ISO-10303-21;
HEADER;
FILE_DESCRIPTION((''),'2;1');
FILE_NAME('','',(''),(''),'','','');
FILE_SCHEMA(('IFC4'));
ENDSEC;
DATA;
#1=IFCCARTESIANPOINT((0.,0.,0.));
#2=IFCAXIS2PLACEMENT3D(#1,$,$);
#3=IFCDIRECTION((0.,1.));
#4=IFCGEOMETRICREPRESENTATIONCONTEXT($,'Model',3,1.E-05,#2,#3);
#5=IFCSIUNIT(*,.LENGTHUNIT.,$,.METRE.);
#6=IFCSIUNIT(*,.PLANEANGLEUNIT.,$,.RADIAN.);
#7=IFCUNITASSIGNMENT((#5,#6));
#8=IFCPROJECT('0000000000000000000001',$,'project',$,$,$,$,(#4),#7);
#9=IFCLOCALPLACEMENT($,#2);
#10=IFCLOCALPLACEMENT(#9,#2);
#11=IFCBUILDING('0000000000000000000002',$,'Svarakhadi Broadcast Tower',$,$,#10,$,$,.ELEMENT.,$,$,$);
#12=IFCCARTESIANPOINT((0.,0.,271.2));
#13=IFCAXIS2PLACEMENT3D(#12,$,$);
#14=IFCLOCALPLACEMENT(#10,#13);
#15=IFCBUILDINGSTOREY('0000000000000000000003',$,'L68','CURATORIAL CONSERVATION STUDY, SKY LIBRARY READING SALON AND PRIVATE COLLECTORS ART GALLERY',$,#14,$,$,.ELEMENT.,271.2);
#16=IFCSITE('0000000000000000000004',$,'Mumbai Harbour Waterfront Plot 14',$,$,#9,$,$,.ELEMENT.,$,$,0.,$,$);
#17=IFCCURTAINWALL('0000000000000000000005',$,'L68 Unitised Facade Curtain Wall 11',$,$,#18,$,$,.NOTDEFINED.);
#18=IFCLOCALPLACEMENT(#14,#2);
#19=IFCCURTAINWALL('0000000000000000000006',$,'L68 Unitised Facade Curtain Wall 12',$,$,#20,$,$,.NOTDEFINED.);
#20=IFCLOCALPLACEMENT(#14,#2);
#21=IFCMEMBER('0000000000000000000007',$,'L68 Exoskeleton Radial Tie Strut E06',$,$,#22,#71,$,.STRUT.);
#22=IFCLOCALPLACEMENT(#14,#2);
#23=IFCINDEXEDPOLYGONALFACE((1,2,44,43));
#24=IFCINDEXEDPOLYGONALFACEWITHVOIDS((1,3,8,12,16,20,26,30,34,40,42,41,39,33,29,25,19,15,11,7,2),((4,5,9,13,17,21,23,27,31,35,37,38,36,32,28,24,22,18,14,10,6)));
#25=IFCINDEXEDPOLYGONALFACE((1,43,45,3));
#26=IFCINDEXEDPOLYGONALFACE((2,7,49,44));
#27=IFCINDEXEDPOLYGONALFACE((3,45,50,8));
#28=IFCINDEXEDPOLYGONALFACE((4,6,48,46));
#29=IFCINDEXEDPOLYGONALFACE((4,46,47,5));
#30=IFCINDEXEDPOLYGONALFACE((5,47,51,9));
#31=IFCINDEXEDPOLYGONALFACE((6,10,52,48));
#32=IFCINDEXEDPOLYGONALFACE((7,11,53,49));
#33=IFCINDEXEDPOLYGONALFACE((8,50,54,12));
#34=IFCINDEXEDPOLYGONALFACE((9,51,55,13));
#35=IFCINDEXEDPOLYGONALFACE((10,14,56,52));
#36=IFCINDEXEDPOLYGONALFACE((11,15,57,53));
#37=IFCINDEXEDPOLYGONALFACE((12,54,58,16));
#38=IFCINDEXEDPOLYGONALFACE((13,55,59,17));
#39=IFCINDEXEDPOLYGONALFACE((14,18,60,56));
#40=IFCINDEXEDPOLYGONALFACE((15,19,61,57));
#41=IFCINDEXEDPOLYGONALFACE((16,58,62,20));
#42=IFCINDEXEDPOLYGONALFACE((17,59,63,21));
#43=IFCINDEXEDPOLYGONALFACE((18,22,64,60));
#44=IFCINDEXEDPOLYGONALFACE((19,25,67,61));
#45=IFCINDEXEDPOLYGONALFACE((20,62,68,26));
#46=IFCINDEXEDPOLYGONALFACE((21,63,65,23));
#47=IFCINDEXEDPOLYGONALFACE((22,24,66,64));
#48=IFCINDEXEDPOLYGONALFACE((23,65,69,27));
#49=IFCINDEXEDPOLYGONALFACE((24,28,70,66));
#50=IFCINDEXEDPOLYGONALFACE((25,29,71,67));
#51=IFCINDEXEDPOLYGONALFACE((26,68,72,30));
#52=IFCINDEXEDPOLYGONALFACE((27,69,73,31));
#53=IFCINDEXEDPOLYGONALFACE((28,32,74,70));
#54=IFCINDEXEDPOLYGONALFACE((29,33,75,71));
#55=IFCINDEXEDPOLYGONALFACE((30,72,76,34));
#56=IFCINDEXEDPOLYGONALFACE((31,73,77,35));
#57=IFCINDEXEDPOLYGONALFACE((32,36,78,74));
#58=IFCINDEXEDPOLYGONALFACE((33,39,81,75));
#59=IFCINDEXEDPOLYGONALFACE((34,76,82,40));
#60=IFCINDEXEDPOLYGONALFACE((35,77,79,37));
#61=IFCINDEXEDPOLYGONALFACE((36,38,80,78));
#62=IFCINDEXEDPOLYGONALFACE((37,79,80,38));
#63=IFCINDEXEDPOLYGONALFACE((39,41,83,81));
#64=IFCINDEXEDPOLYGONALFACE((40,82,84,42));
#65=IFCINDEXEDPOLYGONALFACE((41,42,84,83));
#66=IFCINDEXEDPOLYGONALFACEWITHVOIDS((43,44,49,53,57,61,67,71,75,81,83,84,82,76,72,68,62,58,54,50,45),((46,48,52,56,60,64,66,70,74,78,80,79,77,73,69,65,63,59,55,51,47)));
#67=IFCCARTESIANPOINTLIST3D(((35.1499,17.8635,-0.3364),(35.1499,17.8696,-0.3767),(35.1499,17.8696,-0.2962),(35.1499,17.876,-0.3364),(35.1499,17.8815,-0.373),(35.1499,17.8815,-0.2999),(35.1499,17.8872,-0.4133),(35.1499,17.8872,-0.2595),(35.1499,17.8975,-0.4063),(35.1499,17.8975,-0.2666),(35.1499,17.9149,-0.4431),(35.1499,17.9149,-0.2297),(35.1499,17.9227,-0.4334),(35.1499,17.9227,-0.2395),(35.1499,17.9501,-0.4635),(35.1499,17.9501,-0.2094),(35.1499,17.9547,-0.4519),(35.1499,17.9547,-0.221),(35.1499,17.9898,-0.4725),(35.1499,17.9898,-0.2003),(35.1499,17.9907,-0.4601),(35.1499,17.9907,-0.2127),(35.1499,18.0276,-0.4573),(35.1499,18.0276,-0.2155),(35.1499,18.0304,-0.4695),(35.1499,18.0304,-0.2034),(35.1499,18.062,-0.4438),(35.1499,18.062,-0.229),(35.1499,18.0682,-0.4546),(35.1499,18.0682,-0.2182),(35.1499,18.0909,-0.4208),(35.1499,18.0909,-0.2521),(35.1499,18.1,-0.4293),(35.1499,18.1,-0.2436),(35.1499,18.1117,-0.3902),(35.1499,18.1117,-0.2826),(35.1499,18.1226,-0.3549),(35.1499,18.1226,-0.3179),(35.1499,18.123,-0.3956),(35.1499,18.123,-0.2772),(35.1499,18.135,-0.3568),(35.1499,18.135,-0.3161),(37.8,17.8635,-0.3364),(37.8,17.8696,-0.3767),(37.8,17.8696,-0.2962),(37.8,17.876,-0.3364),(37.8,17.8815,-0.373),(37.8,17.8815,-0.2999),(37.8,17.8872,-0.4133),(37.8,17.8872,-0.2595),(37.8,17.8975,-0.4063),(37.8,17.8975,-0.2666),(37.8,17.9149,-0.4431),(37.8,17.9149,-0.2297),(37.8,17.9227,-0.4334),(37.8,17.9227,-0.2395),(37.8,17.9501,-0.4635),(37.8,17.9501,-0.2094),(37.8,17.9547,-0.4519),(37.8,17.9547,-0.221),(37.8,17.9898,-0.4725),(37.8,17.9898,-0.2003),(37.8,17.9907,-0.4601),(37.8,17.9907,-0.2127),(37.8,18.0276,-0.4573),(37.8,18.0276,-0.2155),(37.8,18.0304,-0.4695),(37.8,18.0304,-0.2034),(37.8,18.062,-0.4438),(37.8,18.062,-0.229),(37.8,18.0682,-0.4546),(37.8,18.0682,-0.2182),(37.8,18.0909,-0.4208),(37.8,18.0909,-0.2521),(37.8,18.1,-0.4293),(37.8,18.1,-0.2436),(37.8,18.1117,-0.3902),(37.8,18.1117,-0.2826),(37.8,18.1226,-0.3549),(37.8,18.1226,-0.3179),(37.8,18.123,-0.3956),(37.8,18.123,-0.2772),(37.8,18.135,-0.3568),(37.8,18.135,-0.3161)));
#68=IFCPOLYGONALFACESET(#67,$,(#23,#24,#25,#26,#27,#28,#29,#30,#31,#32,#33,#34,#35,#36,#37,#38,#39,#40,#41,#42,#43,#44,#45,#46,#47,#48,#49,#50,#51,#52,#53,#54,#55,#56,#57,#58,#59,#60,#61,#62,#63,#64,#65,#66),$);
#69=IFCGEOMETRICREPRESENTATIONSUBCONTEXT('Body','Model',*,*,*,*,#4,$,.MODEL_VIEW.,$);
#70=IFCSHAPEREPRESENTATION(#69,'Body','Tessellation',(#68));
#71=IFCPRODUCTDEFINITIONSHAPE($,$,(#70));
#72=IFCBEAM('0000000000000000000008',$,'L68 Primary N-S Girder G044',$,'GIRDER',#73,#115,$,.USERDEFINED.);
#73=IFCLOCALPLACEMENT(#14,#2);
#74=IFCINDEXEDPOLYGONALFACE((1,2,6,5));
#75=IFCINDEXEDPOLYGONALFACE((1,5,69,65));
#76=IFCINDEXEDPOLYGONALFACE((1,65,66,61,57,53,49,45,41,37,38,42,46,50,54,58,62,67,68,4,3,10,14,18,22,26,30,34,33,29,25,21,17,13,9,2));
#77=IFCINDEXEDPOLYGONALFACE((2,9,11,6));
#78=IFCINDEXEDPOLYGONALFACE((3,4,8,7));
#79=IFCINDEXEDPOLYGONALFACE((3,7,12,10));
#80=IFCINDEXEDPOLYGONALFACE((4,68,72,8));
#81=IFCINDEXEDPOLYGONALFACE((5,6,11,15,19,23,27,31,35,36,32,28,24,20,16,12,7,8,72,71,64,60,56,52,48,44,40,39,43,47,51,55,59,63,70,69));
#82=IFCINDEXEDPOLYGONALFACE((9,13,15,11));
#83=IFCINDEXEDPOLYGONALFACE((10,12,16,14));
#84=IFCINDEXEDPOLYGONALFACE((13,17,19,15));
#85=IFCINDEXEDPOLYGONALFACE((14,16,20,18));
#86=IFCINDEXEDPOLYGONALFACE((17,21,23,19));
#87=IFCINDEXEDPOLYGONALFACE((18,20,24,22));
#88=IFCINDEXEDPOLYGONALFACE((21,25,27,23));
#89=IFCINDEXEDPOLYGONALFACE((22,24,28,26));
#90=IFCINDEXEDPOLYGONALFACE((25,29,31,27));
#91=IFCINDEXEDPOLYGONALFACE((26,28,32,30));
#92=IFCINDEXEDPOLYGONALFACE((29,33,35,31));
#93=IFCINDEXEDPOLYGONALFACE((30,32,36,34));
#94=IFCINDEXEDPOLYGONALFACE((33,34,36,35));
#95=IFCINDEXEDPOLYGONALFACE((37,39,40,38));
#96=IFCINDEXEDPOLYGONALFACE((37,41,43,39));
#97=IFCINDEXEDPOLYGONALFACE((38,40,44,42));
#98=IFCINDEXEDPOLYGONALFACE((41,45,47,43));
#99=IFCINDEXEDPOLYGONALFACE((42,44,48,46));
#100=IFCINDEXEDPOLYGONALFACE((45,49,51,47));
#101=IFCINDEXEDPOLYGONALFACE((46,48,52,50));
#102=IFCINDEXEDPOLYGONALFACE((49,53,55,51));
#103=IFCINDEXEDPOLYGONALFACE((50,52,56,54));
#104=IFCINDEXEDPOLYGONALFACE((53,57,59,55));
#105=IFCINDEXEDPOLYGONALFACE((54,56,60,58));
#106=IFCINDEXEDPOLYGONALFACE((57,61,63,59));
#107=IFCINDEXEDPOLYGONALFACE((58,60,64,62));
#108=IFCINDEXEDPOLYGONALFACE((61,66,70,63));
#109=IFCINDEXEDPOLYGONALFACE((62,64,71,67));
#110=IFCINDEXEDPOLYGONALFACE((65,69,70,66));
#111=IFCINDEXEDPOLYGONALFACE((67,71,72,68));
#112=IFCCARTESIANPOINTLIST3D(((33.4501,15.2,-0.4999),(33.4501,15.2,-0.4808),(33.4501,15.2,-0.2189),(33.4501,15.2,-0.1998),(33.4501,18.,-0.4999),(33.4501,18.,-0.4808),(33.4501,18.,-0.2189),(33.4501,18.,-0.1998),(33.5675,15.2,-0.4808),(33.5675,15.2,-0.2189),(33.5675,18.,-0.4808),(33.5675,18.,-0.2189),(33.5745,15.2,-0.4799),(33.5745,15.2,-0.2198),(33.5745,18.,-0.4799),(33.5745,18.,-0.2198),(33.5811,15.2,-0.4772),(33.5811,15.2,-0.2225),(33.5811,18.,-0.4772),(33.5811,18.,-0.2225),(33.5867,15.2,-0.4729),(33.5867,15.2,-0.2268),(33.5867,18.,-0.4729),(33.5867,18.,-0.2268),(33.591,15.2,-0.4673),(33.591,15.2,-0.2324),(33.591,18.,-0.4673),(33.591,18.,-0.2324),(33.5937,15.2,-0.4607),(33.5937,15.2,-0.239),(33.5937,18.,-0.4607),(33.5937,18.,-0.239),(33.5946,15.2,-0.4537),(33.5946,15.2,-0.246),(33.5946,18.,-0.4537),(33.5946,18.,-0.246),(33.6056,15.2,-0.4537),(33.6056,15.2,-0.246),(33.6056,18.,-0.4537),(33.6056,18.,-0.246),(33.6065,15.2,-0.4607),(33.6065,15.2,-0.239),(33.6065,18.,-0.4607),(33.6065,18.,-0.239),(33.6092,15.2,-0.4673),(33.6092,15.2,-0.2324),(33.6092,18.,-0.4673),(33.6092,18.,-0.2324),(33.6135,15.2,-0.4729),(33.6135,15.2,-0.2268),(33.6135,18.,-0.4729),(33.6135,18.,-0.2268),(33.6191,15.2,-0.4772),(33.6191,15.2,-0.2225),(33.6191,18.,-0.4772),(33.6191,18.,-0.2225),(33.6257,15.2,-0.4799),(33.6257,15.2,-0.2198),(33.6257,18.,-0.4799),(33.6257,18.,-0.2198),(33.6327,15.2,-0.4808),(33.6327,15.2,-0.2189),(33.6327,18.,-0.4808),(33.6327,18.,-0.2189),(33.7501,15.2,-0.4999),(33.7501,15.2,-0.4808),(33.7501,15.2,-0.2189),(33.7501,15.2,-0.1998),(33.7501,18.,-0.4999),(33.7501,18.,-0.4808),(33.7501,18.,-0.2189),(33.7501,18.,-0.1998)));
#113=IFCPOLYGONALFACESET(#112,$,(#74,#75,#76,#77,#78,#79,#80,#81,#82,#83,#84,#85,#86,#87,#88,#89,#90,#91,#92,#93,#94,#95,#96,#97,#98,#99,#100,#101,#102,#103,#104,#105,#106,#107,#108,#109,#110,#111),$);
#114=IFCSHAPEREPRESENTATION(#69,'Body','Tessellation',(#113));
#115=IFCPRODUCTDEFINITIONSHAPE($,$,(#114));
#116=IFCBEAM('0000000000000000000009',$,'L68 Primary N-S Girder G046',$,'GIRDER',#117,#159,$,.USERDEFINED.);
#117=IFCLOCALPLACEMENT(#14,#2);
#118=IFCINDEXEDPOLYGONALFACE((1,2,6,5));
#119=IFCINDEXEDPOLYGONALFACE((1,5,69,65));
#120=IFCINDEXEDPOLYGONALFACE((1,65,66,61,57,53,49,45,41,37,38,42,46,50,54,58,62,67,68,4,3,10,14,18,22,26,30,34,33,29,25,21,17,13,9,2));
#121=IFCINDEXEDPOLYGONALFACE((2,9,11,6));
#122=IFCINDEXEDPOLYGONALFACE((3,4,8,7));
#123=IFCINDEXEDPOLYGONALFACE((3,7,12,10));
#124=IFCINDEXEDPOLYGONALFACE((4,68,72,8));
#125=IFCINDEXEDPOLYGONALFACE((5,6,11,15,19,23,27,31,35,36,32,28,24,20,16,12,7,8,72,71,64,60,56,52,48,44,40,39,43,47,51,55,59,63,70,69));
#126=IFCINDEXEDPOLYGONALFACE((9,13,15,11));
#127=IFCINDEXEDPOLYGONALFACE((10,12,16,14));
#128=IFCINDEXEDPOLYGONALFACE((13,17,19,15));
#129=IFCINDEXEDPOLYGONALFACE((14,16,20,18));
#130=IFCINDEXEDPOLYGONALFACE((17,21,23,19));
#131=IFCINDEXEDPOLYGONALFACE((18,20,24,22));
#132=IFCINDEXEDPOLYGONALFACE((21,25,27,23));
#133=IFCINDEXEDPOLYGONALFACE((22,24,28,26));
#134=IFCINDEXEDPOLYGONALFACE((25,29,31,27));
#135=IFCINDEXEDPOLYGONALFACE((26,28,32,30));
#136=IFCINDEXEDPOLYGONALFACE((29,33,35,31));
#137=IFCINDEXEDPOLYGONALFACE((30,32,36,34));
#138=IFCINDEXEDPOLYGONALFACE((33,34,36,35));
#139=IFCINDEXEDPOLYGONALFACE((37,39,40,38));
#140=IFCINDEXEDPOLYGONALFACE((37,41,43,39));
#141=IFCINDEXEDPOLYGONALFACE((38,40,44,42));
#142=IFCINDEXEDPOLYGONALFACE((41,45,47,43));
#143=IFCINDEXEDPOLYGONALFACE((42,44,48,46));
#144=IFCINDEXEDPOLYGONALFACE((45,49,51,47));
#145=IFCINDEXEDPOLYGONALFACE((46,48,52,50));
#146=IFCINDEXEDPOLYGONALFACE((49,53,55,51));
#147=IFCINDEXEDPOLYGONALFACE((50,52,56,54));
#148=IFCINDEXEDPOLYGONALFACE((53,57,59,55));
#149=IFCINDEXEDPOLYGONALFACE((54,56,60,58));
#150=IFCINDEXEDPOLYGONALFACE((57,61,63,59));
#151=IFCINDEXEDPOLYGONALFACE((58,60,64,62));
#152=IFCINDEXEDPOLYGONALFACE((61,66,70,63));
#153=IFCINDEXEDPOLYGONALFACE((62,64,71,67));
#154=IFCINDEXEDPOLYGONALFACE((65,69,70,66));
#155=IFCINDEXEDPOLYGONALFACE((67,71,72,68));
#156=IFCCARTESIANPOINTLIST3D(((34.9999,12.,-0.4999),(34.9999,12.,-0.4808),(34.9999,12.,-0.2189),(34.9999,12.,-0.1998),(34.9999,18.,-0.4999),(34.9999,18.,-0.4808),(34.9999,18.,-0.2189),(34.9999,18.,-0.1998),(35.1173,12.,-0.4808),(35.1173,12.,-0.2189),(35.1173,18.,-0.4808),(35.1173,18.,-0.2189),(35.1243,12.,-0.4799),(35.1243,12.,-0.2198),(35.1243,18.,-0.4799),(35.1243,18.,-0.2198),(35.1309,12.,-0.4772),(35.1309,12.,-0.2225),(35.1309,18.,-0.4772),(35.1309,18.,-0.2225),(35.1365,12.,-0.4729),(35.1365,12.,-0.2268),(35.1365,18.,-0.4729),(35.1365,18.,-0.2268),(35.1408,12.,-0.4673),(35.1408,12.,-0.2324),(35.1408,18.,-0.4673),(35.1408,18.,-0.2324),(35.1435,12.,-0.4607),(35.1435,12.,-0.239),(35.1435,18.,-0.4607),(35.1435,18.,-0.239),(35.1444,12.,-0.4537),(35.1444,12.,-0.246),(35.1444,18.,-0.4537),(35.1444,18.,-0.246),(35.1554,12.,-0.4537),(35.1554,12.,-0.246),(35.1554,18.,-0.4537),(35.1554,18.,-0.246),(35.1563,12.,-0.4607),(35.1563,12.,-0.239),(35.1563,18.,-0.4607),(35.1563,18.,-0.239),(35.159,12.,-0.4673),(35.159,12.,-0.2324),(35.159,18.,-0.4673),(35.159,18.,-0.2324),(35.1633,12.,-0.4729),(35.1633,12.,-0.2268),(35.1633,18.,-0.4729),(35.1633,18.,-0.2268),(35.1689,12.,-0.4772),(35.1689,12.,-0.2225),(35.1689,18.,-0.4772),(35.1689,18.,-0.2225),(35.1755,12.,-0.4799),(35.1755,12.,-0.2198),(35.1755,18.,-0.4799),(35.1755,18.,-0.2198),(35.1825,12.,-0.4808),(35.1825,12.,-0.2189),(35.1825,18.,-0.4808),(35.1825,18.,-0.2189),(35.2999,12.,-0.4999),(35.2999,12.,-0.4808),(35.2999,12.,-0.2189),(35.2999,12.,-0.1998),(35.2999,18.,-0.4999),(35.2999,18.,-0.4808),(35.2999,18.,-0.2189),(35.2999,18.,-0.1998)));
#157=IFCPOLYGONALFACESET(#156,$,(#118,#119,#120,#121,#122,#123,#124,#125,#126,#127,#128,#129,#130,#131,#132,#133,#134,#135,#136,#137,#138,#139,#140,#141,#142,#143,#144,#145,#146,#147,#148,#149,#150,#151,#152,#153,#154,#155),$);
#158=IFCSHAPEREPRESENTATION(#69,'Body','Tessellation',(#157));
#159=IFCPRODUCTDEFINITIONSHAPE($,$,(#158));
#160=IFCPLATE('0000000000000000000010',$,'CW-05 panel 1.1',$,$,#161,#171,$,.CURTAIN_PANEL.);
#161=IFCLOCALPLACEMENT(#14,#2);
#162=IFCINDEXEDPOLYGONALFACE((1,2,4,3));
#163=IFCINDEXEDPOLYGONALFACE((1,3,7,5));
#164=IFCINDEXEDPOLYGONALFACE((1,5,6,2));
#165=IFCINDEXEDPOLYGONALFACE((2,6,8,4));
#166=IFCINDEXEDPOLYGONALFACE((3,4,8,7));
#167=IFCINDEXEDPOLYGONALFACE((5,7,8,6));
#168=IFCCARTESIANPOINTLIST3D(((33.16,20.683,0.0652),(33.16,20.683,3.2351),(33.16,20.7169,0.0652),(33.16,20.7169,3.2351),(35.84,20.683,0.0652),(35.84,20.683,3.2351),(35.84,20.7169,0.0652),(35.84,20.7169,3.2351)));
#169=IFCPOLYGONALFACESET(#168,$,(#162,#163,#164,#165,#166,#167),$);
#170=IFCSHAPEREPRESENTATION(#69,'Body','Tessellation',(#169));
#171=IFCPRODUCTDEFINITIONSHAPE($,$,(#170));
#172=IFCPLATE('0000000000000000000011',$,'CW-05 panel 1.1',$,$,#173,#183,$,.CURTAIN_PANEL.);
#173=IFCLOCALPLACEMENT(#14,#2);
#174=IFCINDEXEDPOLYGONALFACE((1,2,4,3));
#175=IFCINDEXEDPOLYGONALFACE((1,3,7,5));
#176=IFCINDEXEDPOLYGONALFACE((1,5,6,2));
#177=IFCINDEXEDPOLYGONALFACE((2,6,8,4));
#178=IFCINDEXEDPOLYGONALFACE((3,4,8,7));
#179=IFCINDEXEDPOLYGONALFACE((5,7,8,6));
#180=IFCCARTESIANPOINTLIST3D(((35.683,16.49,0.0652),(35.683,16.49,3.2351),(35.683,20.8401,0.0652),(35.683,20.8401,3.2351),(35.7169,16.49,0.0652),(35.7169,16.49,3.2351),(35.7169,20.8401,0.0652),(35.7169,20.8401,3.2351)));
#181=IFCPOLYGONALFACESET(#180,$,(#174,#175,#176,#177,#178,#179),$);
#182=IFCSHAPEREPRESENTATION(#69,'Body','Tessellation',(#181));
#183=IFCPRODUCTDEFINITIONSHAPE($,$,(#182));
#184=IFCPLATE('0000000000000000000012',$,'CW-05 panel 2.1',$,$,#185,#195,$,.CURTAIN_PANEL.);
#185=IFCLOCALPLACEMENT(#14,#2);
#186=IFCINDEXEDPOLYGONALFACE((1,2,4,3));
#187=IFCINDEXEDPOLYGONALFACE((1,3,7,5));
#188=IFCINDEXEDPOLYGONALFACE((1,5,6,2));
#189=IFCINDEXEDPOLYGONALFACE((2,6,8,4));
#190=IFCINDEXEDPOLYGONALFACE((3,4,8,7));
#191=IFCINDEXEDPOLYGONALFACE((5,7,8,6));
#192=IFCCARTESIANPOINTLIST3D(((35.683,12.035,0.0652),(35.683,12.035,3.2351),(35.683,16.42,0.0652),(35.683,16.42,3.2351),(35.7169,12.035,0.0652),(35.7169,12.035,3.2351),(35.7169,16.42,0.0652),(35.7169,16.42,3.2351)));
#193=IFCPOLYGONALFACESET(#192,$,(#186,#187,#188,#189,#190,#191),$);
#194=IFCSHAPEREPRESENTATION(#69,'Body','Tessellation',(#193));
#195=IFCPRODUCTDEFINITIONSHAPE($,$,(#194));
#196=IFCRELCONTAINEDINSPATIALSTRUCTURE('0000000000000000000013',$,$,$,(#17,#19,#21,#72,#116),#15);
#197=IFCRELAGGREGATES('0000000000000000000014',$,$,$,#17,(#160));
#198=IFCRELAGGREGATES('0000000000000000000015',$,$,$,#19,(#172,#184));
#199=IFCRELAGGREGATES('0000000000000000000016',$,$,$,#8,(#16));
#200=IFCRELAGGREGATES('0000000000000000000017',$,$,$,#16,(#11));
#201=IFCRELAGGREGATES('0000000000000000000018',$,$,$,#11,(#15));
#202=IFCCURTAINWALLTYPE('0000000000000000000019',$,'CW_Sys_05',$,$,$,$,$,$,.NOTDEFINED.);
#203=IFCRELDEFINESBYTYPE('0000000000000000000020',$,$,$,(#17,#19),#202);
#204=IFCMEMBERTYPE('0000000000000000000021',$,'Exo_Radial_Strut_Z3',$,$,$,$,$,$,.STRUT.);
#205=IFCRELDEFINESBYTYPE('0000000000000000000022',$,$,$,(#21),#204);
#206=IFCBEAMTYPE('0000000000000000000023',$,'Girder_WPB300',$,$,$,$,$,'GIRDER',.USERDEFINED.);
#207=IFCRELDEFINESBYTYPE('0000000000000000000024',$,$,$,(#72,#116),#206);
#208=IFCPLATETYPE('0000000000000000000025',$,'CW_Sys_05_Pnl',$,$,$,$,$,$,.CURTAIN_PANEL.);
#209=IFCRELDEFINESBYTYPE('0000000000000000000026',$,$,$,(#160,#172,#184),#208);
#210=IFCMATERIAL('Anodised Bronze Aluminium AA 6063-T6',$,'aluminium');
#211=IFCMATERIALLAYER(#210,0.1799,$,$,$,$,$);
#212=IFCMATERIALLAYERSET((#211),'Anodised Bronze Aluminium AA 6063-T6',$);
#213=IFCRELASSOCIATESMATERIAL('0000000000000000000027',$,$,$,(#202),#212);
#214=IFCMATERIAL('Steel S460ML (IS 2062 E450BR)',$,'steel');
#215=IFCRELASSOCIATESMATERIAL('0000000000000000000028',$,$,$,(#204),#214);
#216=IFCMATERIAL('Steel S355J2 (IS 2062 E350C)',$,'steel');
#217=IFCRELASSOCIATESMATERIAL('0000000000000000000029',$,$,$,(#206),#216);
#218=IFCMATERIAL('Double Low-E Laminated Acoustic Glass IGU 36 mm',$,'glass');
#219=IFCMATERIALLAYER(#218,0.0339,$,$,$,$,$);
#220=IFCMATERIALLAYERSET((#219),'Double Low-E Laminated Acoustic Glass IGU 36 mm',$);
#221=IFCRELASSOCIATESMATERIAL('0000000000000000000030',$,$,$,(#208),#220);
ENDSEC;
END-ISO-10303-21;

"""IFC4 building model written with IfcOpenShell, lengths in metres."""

from ifc_helpers import new_model, si_unit, direction, frame, origin, origin_2d, place, context, subcontext, project, spatial, rectangle, hollow_circle, i_section, extrude, material, layer, layer_set, material_profile, profile_set, type_object, element, aggregate, save


model = new_model("IFC4")

# Units and contexts
model_context = context("Model", 3, precision=1e-05, world=origin(), true_north=direction((0.0, 1.0)))
body_context = subcontext(model_context, "Body", "Model", "MODEL_VIEW")
ifc_project = project(units=[si_unit("LENGTHUNIT", "METRE"), si_unit("PLANEANGLEUNIT", "RADIAN")], contexts=[model_context])

# Site, building, storey
site_placement = place(None, origin())
site = spatial("IfcSite", under=ifc_project, at=site_placement, Name="Mumbai Harbour Waterfront Plot 14", CompositionType="ELEMENT", RefElevation=0.0)
building_placement = place(site_placement, origin())
building = spatial("IfcBuilding", under=site, at=building_placement, Name="Svarakhadi Broadcast Tower", CompositionType="ELEMENT")
storey_placement = place(building_placement, frame((0.0, 0.0, 271.2)))
storey = spatial("IfcBuildingStorey", under=building, at=storey_placement, Name="L68", Description="CURATORIAL CONSERVATION STUDY, SKY LIBRARY READING SALON AND PRIVATE COLLECTORS ART GALLERY", CompositionType="ELEMENT", Elevation=271.2)

# Shared definitions
ifc_material_1 = material(Name="Steel S460ML (IS 2062 E450BR)", Category="steel")

# Curtain wall
ifc_material_2 = material(Name="Anodised Bronze Aluminium AA 6063-T6", Category="aluminium")
ifc_layer_1 = layer(ifc_material_2, 0.1799)
ifc_layer_set_1 = layer_set([ifc_layer_1], Name="Anodised Bronze Aluminium AA 6063-T6")
curtain_wall_type = type_object("IfcCurtainWallType", Name="CW_Sys_05", PredefinedType="NOTDEFINED", material=ifc_layer_set_1)
curtain_wall_1_placement = place(storey_placement, origin())
curtain_wall_1 = element("IfcCurtainWall", 1, at=curtain_wall_1_placement, inside=storey, type_object=curtain_wall_type, Name="L68 Unitised Facade Curtain Wall 11", PredefinedType="NOTDEFINED")

# Curtain wall
curtain_wall_2_placement = place(storey_placement, origin())
curtain_wall_2 = element("IfcCurtainWall", 2, at=curtain_wall_2_placement, inside=storey, type_object=curtain_wall_type, Name="L68 Unitised Facade Curtain Wall 12", PredefinedType="NOTDEFINED")

# Member
ifc_material_profile_1 = material_profile(ifc_material_1, hollow_circle(Radius=0.1365, WallThickness=0.0125, at=origin_2d()), Name="CHS 273x12.5")
ifc_profile_set_1 = profile_set([ifc_material_profile_1], Name="Steel S460ML (IS 2062 E450BR)")
member_type_1 = type_object("IfcMemberType", Name="Exo_Radial_Strut_Z3", PredefinedType="STRUT", material=ifc_profile_set_1)
member_1_placement = place(storey_placement, frame((37.8, 18.0, -0.3364), z_axis=(-1.0, 0.0, 0.0), x_axis=(0.0, -1.0, 0.0)))
element("IfcMember", 3, at=member_1_placement, inside=storey, type_object=member_type_1, Name="L68 Exoskeleton Radial Tie Strut E06", PredefinedType="STRUT", context=body_context, shape_type="SweptSolid", body=[
    extrude(hollow_circle(Radius=0.1365, WallThickness=0.0125, at=origin_2d()), origin(), (0.0, 0.0, 1.0), 2.6501),
])

# Beams
ifc_material_3 = material(Name="Steel S355J2 (IS 2062 E350C)", Category="steel")
ifc_material_profile_2 = material_profile(ifc_material_3, i_section(OverallWidth=0.3, OverallDepth=0.3, WebThickness=0.011, FlangeThickness=0.019, FilletRadius=0.0271, at=origin_2d()), Name="WPB 300x300x117")
ifc_profile_set_2 = profile_set([ifc_material_profile_2], Name="Steel S355J2 (IS 2062 E350C)")
beam_type = type_object("IfcBeamType", Name="Girder_WPB300", ElementType="GIRDER", PredefinedType="USERDEFINED", material=ifc_profile_set_2)
beam_1_placement = place(storey_placement, frame((33.6001, 15.2, -0.3499), z_axis=(0.0, 1.0, 0.0), x_axis=(-1.0, 0.0, 0.0)))
element("IfcBeam", 4, at=beam_1_placement, inside=storey, type_object=beam_type, Name="L68 Primary N-S Girder G044", ObjectType="GIRDER", PredefinedType="USERDEFINED", context=body_context, shape_type="SweptSolid", body=[
    extrude(i_section(OverallWidth=0.3, OverallDepth=0.3, WebThickness=0.011, FlangeThickness=0.019, FilletRadius=0.0271, at=origin_2d()), origin(), (0.0, 0.0, 1.0), 2.8),
])
beam_2_placement = place(storey_placement, frame((35.1499, 12.0, -0.3499), z_axis=(0.0, 1.0, 0.0), x_axis=(-1.0, 0.0, 0.0)))
element("IfcBeam", 5, at=beam_2_placement, inside=storey, type_object=beam_type, Name="L68 Primary N-S Girder G046", ObjectType="GIRDER", PredefinedType="USERDEFINED", context=body_context, shape_type="SweptSolid", body=[
    extrude(i_section(OverallWidth=0.3, OverallDepth=0.3, WebThickness=0.011, FlangeThickness=0.019, FilletRadius=0.0271, at=origin_2d()), origin(), (0.0, 0.0, 1.0), 6.0),
])

# Plates
ifc_material_4 = material(Name="Double Low-E Laminated Acoustic Glass IGU 36 mm", Category="glass")
ifc_layer_2 = layer(ifc_material_4, 0.0339)
ifc_layer_set_2 = layer_set([ifc_layer_2], Name="Double Low-E Laminated Acoustic Glass IGU 36 mm")
plate_type_1 = type_object("IfcPlateType", Name="CW_Sys_05_Pnl", PredefinedType="CURTAIN_PANEL", material=ifc_layer_set_2)
plate_1_placement = place(storey_placement, frame((34.5, 20.7, 0.0652), z_axis=(0.0, 0.0, 1.0), x_axis=(1.0, 0.0, 0.0)))
plate_1 = element("IfcPlate", 6, at=plate_1_placement, type_object=plate_type_1, Name="CW-05 panel 1.1", PredefinedType="CURTAIN_PANEL", context=body_context, shape_type="SweptSolid", body=[
    extrude(rectangle(XDim=2.6799, YDim=0.0339, at=origin_2d()), origin(), (0.0, 0.0, 1.0), 3.1699),
])
aggregate(curtain_wall_1, [plate_1])
plate_2_placement = place(storey_placement, frame((35.7, 18.665, 0.0652), z_axis=(0.0, 0.0, 1.0), x_axis=(0.0, -1.0, 0.0)))
plate_2 = element("IfcPlate", 7, at=plate_2_placement, type_object=plate_type_1, Name="CW-05 panel 1.1", PredefinedType="CURTAIN_PANEL", context=body_context, shape_type="SweptSolid", body=[
    extrude(rectangle(XDim=4.3501, YDim=0.0339, at=origin_2d()), origin(), (0.0, 0.0, 1.0), 3.1699),
])
plate_3_placement = place(storey_placement, frame((35.7, 14.2275, 0.0652), z_axis=(0.0, 0.0, 1.0), x_axis=(0.0, -1.0, 0.0)))
plate_3 = element("IfcPlate", 8, at=plate_3_placement, type_object=plate_type_1, Name="CW-05 panel 2.1", PredefinedType="CURTAIN_PANEL", context=body_context, shape_type="SweptSolid", body=[
    extrude(rectangle(XDim=4.385, YDim=0.0339, at=origin_2d()), origin(), (0.0, 0.0, 1.0), 3.1699),
])
aggregate(curtain_wall_2, [plate_2, plate_3])

save(model, "model.ifc")
